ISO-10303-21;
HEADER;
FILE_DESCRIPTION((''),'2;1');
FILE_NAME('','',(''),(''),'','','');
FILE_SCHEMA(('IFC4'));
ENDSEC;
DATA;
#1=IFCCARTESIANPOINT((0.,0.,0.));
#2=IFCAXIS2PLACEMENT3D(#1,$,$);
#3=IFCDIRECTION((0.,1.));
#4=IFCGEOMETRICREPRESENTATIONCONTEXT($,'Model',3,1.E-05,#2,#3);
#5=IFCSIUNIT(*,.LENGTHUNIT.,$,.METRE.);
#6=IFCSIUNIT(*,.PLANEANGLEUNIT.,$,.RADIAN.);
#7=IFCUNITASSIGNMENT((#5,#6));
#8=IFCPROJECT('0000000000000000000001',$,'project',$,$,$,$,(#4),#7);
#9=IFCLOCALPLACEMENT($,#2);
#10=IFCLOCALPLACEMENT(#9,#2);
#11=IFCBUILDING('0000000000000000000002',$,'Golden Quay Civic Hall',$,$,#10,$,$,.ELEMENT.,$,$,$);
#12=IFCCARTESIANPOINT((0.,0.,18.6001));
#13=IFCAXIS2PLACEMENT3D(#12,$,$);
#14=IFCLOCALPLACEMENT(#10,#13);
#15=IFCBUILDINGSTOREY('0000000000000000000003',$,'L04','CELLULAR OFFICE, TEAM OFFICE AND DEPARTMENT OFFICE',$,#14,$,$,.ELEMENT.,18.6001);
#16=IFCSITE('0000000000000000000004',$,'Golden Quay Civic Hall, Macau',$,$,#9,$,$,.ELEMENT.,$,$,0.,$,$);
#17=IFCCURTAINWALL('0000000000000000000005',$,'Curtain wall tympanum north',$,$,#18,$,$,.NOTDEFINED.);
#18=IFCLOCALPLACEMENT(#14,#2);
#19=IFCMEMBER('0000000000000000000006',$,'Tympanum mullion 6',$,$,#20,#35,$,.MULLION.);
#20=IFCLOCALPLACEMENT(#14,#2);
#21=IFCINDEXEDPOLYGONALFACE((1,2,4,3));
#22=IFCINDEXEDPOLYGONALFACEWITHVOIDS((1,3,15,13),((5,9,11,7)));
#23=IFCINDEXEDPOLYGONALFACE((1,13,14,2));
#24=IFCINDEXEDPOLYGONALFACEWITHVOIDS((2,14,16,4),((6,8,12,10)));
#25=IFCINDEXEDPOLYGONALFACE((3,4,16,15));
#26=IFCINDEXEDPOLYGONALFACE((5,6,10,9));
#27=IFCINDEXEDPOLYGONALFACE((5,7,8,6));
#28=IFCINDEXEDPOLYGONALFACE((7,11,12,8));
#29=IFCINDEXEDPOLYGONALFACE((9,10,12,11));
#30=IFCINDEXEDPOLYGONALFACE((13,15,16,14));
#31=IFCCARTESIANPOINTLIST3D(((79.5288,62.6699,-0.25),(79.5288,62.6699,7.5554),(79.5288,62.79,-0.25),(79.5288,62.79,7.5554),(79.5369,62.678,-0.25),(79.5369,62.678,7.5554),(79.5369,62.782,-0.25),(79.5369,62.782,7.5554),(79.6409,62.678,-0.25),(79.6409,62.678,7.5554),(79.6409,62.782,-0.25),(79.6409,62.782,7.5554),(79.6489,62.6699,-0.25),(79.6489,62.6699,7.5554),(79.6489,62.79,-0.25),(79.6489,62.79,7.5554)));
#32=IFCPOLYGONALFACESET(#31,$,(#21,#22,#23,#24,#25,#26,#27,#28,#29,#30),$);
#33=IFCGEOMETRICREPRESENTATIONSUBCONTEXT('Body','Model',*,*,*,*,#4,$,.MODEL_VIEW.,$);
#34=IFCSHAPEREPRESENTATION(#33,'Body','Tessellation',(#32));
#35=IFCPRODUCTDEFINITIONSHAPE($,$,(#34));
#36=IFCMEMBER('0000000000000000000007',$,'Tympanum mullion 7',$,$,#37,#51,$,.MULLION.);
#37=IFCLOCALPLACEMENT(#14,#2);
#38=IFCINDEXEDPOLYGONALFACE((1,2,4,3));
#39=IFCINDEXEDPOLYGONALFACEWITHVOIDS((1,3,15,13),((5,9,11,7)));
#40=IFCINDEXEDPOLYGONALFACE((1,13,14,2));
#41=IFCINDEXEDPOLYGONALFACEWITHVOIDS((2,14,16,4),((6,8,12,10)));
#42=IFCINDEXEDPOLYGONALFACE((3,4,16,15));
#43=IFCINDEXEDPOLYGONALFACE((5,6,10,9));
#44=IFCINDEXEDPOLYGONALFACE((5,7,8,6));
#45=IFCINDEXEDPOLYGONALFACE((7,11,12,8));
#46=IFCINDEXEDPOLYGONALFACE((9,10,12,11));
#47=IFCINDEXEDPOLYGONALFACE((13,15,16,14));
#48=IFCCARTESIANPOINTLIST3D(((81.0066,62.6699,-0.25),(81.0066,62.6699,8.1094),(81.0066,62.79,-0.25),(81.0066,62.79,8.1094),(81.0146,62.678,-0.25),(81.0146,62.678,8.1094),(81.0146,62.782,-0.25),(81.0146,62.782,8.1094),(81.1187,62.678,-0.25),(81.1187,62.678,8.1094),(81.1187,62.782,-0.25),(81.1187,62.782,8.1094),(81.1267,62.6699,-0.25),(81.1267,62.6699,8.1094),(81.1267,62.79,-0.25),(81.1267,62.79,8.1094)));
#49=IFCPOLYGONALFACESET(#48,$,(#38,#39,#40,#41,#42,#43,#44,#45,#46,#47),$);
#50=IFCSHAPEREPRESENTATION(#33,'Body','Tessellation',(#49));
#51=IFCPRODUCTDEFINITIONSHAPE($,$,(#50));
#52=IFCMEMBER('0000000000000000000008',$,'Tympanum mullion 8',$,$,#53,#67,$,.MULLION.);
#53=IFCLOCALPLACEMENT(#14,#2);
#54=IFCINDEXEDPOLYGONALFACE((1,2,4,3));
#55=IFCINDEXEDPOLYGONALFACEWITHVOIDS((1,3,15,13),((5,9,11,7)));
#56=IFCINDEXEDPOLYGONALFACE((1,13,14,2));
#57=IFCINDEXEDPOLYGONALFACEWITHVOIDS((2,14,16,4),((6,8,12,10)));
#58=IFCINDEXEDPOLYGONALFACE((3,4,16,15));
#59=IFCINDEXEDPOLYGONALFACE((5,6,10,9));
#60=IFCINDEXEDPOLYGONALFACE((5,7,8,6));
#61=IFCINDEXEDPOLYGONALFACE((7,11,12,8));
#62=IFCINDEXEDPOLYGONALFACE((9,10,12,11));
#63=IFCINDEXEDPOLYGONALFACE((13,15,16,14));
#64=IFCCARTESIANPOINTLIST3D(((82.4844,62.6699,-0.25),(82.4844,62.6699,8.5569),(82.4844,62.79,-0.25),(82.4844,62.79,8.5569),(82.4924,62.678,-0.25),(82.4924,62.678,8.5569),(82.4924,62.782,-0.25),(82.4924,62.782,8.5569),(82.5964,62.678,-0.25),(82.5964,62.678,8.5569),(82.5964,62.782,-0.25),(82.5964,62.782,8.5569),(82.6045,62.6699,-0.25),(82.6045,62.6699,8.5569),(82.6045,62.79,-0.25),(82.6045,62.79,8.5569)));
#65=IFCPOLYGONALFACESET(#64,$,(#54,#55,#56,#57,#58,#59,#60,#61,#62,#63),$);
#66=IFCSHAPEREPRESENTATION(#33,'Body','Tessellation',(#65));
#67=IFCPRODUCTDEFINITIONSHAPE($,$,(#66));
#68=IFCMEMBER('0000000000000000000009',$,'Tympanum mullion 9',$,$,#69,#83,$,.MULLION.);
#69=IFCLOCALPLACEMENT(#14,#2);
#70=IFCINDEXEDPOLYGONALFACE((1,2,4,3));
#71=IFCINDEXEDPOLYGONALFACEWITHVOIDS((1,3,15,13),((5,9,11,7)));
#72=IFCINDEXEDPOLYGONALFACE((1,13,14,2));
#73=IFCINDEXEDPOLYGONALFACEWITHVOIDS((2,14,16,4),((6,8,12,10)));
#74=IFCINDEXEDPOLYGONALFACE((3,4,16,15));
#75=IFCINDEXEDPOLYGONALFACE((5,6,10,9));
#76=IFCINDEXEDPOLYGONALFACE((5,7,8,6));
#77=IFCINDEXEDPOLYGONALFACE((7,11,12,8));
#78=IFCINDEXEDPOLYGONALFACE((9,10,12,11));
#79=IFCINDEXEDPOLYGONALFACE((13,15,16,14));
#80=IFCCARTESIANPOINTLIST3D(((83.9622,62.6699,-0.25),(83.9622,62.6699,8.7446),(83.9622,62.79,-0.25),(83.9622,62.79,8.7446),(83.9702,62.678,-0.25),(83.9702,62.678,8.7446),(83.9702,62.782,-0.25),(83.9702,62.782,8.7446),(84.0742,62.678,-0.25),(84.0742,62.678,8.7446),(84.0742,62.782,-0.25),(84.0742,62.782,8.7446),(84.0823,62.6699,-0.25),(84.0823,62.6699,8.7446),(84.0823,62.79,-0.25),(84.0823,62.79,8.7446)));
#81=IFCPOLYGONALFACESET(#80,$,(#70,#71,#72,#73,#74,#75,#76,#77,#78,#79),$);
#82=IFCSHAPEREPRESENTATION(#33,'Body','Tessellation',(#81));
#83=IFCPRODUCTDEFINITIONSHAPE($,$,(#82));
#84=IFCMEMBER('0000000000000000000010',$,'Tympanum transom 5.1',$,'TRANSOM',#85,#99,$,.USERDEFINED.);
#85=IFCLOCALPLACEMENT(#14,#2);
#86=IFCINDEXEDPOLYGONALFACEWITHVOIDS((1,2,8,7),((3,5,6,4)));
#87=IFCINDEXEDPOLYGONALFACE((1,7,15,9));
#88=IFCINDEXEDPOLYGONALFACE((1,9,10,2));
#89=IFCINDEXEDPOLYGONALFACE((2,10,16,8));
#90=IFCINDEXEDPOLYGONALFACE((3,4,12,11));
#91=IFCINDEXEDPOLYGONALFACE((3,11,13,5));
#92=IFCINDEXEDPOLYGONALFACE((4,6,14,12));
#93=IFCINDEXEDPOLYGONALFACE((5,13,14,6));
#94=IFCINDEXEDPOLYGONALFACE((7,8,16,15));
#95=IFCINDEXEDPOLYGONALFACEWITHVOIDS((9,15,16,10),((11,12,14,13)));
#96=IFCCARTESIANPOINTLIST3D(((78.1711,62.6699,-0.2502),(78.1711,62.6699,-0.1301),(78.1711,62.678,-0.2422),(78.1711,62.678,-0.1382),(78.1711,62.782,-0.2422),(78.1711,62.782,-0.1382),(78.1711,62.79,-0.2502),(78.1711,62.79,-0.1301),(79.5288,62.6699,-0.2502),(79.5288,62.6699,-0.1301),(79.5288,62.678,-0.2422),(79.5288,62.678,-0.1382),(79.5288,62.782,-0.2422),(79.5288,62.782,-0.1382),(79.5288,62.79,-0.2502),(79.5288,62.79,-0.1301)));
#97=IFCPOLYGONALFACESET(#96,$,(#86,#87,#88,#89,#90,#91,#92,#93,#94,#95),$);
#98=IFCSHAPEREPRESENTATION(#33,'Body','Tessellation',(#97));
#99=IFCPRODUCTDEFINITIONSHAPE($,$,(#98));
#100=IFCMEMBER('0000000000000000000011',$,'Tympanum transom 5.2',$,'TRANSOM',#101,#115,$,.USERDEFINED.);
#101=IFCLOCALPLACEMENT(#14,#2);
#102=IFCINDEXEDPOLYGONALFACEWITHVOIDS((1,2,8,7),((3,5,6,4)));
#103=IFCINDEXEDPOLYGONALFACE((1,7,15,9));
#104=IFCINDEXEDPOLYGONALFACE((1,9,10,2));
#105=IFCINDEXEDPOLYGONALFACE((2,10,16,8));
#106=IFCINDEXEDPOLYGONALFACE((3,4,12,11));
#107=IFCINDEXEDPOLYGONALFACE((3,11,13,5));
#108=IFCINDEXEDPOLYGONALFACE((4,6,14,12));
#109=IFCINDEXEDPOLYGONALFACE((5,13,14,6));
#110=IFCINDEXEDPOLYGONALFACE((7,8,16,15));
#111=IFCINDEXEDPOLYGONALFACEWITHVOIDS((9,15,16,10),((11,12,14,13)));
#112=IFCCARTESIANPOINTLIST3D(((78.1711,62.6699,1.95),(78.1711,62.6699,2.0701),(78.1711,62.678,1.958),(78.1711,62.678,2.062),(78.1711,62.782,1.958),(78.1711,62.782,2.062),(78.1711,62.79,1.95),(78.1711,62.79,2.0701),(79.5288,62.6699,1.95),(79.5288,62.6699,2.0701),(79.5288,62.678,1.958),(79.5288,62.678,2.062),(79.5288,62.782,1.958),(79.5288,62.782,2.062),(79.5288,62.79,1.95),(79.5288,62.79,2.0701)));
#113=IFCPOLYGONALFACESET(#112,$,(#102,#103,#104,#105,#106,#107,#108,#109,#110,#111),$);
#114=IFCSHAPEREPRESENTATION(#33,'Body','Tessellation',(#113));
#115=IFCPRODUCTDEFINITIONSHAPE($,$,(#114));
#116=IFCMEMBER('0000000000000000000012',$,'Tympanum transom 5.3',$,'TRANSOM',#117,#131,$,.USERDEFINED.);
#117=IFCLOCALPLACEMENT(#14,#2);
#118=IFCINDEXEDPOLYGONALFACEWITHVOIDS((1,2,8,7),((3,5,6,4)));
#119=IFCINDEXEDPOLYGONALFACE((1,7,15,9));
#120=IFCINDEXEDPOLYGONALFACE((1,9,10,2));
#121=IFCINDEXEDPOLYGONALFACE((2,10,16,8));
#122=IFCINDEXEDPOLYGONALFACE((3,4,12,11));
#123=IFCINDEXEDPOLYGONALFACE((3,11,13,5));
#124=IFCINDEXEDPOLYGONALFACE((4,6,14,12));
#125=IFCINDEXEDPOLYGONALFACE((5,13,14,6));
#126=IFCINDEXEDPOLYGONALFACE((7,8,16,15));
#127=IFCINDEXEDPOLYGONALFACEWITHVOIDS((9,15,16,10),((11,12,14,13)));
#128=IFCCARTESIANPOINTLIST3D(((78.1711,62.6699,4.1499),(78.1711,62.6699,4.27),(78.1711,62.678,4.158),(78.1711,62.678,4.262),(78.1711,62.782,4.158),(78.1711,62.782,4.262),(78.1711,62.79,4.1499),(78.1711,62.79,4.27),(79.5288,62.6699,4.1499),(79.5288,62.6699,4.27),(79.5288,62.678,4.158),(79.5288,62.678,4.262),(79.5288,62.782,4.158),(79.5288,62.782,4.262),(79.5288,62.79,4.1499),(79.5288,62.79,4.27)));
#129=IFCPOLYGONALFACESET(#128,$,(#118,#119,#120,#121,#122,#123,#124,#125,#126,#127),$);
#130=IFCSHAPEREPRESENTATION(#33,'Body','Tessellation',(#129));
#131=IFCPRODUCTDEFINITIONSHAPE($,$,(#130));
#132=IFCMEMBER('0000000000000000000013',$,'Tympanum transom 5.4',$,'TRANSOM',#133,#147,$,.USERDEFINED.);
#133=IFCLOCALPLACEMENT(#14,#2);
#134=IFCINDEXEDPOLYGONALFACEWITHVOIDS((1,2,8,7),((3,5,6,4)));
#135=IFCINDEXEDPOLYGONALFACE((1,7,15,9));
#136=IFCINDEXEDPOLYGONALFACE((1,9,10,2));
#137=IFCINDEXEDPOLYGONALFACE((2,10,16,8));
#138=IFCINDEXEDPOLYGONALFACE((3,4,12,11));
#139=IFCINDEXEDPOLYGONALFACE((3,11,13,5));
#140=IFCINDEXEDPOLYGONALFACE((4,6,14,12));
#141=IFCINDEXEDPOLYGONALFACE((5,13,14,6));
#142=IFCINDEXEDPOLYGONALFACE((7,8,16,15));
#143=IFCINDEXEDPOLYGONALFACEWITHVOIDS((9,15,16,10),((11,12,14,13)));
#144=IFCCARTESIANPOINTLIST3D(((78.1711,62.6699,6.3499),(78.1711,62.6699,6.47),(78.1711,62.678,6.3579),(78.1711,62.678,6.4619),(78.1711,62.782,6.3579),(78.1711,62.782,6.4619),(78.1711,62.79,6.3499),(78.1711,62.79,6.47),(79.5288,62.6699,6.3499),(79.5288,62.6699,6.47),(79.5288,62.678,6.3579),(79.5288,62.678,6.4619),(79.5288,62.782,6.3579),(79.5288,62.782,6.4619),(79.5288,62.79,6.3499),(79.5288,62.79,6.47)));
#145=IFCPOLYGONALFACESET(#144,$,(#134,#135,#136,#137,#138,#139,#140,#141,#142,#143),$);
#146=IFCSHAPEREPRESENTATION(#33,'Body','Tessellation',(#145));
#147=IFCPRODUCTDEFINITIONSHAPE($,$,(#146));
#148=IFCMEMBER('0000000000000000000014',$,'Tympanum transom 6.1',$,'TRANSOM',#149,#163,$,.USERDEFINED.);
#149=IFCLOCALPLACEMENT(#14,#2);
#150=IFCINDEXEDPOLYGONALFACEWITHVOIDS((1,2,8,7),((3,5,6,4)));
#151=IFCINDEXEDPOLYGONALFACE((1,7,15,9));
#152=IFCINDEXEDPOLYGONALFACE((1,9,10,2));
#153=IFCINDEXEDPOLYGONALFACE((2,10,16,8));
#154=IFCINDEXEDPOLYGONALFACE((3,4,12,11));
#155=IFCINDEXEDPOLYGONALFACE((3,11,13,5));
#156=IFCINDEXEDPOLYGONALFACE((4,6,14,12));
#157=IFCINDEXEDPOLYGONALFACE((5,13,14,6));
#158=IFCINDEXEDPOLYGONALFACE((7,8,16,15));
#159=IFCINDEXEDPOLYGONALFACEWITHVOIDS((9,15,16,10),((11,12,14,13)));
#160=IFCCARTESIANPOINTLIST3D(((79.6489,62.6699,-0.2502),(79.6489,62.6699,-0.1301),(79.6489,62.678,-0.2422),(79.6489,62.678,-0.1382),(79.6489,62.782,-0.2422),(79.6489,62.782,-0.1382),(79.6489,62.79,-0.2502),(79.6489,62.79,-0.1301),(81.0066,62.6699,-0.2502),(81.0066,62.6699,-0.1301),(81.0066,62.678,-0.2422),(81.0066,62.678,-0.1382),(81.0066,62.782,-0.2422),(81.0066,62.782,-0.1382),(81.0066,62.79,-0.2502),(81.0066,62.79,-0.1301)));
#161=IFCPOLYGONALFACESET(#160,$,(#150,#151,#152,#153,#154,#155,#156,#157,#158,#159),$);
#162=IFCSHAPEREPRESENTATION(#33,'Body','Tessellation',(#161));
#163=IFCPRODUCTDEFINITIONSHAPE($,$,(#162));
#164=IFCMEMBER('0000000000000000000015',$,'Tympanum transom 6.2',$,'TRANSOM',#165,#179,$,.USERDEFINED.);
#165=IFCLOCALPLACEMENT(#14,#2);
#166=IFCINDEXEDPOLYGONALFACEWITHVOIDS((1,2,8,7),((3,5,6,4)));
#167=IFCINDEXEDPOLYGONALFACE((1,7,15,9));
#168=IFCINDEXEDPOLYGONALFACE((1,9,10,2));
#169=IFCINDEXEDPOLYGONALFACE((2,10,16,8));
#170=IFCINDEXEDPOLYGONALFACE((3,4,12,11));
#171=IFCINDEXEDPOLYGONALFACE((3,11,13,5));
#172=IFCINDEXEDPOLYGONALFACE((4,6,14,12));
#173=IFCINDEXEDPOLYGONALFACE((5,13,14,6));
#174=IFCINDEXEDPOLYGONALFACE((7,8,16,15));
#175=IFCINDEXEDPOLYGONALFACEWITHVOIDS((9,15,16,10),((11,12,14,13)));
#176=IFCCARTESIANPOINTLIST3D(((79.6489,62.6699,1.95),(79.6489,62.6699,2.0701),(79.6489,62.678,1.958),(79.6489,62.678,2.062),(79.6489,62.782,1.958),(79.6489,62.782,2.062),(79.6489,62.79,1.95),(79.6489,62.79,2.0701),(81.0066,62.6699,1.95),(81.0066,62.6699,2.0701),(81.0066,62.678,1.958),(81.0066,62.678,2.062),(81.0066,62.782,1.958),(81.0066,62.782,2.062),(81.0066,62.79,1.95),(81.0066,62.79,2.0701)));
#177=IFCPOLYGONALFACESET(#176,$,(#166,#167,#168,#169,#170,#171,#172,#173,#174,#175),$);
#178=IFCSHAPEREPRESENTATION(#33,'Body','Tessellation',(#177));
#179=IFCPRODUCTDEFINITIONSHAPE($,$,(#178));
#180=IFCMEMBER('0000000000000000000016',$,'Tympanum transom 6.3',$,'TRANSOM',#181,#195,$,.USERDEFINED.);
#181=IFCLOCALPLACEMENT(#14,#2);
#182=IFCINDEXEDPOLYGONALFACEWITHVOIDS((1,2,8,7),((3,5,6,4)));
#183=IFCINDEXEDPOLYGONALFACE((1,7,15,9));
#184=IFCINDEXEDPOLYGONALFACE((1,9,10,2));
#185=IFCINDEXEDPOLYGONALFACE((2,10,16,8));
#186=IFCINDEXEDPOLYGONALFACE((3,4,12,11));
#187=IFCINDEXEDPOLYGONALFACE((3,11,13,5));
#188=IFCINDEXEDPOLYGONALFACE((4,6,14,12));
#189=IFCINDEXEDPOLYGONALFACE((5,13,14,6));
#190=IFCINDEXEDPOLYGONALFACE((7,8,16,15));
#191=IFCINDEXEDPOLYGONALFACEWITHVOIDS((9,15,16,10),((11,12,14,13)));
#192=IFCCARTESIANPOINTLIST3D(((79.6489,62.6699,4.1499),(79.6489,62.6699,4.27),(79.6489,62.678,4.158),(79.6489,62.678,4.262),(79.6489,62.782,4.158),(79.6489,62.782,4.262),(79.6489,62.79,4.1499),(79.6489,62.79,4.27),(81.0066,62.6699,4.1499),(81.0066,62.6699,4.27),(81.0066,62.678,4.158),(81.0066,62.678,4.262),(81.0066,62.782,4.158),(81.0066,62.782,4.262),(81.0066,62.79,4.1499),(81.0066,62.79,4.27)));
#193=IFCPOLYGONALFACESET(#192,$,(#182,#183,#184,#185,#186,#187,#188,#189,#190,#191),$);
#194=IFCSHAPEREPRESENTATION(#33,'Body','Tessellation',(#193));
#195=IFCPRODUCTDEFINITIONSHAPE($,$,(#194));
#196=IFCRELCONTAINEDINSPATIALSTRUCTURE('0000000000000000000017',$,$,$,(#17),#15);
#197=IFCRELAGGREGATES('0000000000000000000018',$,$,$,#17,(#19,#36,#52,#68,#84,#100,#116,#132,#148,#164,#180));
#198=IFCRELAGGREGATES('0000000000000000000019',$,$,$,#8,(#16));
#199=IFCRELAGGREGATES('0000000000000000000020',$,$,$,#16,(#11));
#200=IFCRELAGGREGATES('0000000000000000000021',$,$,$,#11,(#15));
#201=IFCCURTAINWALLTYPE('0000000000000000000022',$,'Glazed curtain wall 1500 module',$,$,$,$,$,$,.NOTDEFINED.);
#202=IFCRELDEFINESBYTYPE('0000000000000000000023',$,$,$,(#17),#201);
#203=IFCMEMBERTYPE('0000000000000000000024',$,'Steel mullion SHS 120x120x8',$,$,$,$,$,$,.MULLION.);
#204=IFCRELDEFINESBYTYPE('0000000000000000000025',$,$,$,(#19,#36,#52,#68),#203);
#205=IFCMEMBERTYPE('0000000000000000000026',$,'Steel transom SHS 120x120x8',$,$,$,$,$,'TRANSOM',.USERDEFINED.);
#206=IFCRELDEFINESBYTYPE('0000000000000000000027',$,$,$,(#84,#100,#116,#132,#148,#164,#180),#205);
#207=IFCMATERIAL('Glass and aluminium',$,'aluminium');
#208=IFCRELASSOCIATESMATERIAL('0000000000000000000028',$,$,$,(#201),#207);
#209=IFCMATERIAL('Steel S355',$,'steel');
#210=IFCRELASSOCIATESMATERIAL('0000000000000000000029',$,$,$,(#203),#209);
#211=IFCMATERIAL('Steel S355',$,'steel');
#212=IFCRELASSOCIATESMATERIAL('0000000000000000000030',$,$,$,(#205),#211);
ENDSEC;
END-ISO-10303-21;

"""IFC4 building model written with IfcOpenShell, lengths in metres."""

from ifc_helpers import new_model, si_unit, direction, frame, origin, origin_2d, place, context, subcontext, project, spatial, hollow_rectangle, extrude, material, material_profile, profile_set, type_object, element, aggregate, save


model = new_model("IFC4")

# Units and contexts
model_context = context("Model", 3, precision=1e-05, world=origin(), true_north=direction((0.0, 1.0)))
body_context = subcontext(model_context, "Body", "Model", "MODEL_VIEW")
ifc_project = project(units=[si_unit("LENGTHUNIT", "METRE"), si_unit("PLANEANGLEUNIT", "RADIAN")], contexts=[model_context])

# Site, building, storey
site_placement = place(None, origin())
site = spatial("IfcSite", under=ifc_project, at=site_placement, Name="Golden Quay Civic Hall, Macau", CompositionType="ELEMENT", RefElevation=0.0)
building_placement = place(site_placement, origin())
building = spatial("IfcBuilding", under=site, at=building_placement, Name="Golden Quay Civic Hall", CompositionType="ELEMENT")
storey_placement = place(building_placement, frame((0.0, 0.0, 18.6001)))
storey = spatial("IfcBuildingStorey", under=building, at=storey_placement, Name="L04", Description="CELLULAR OFFICE, TEAM OFFICE AND DEPARTMENT OFFICE", CompositionType="ELEMENT", Elevation=18.6001)

# Curtain wall, members
ifc_material_1 = material(Name="Glass and aluminium", Category="aluminium")
curtain_wall_type = type_object("IfcCurtainWallType", Name="Glazed curtain wall 1500 module", PredefinedType="NOTDEFINED", material=ifc_material_1)
curtain_wall_placement = place(storey_placement, origin())
curtain_wall = element("IfcCurtainWall", 1, at=curtain_wall_placement, inside=storey, type_object=curtain_wall_type, Name="Curtain wall tympanum north", PredefinedType="NOTDEFINED")
ifc_material_2 = material(Name="Steel S355", Category="steel")
ifc_material_profile_1 = material_profile(ifc_material_2, hollow_rectangle(XDim=0.1201, YDim=0.1201, WallThickness=0.0081, at=origin_2d()), Name="SHS 120x120x8")
ifc_profile_set_1 = profile_set([ifc_material_profile_1], Name="Steel S355")
member_type_1 = type_object("IfcMemberType", Name="Steel mullion SHS 120x120x8", PredefinedType="MULLION", material=ifc_profile_set_1)
member_1_placement = place(storey_placement, frame((79.5889, 62.73, -0.25), z_axis=(0.0, 0.0, 1.0), x_axis=(0.0, 1.0, 0.0)))
member_1 = element("IfcMember", 2, at=member_1_placement, type_object=member_type_1, Name="Tympanum mullion 6", PredefinedType="MULLION", context=body_context, shape_type="SweptSolid", body=[
    extrude(hollow_rectangle(XDim=0.1201, YDim=0.1201, WallThickness=0.0081, at=origin_2d()), origin(), (0.0, 0.0, 1.0), 7.8054),
])
member_2_placement = place(storey_placement, frame((81.0667, 62.73, -0.25), z_axis=(0.0, 0.0, 1.0), x_axis=(0.0, 1.0, 0.0)))
member_2 = element("IfcMember", 3, at=member_2_placement, type_object=member_type_1, Name="Tympanum mullion 7", PredefinedType="MULLION", context=body_context, shape_type="SweptSolid", body=[
    extrude(hollow_rectangle(XDim=0.1201, YDim=0.1201, WallThickness=0.0081, at=origin_2d()), origin(), (0.0, 0.0, 1.0), 8.3594),
])
member_3_placement = place(storey_placement, frame((82.5444, 62.73, -0.25), z_axis=(0.0, 0.0, 1.0), x_axis=(0.0, 1.0, 0.0)))
member_3 = element("IfcMember", 4, at=member_3_placement, type_object=member_type_1, Name="Tympanum mullion 8", PredefinedType="MULLION", context=body_context, shape_type="SweptSolid", body=[
    extrude(hollow_rectangle(XDim=0.1201, YDim=0.1201, WallThickness=0.0081, at=origin_2d()), origin(), (0.0, 0.0, 1.0), 8.8069),
])
member_4_placement = place(storey_placement, frame((84.0222, 62.73, -0.25), z_axis=(0.0, 0.0, 1.0), x_axis=(0.0, 1.0, 0.0)))
member_4 = element("IfcMember", 5, at=member_4_placement, type_object=member_type_1, Name="Tympanum mullion 9", PredefinedType="MULLION", context=body_context, shape_type="SweptSolid", body=[
    extrude(hollow_rectangle(XDim=0.1201, YDim=0.1201, WallThickness=0.0081, at=origin_2d()), origin(), (0.0, 0.0, 1.0), 8.9946),
])
ifc_material_3 = material(Name="Steel S355", Category="steel")
ifc_material_profile_2 = material_profile(ifc_material_3, hollow_rectangle(XDim=0.1201, YDim=0.1201, WallThickness=0.0081, at=origin_2d()), Name="SHS 120x120x8")
ifc_profile_set_2 = profile_set([ifc_material_profile_2], Name="Steel S355")
member_type_2 = type_object("IfcMemberType", Name="Steel transom SHS 120x120x8", ElementType="TRANSOM", PredefinedType="USERDEFINED", material=ifc_profile_set_2)
member_5_placement = place(storey_placement, frame((78.1711, 62.73, -0.1902), z_axis=(1.0, 0.0, 0.0), x_axis=(0.0, 1.0, 0.0)))
member_5 = element("IfcMember", 6, at=member_5_placement, type_object=member_type_2, Name="Tympanum transom 5.1", ObjectType="TRANSOM", PredefinedType="USERDEFINED", context=body_context, shape_type="SweptSolid", body=[
    extrude(hollow_rectangle(XDim=0.1201, YDim=0.1201, WallThickness=0.0081, at=origin_2d()), origin(), (0.0, 0.0, 1.0), 1.3577),
])
member_6_placement = place(storey_placement, frame((78.1711, 62.73, 2.01), z_axis=(1.0, 0.0, 0.0), x_axis=(0.0, 1.0, 0.0)))
member_6 = element("IfcMember", 7, at=member_6_placement, type_object=member_type_2, Name="Tympanum transom 5.2", ObjectType="TRANSOM", PredefinedType="USERDEFINED", context=body_context, shape_type="SweptSolid", body=[
    extrude(hollow_rectangle(XDim=0.1201, YDim=0.1201, WallThickness=0.0081, at=origin_2d()), origin(), (0.0, 0.0, 1.0), 1.3577),
])
member_7_placement = place(storey_placement, frame((78.1711, 62.73, 4.21), z_axis=(1.0, 0.0, 0.0), x_axis=(0.0, 1.0, 0.0)))
member_7 = element("IfcMember", 8, at=member_7_placement, type_object=member_type_2, Name="Tympanum transom 5.3", ObjectType="TRANSOM", PredefinedType="USERDEFINED", context=body_context, shape_type="SweptSolid", body=[
    extrude(hollow_rectangle(XDim=0.1201, YDim=0.1201, WallThickness=0.0081, at=origin_2d()), origin(), (0.0, 0.0, 1.0), 1.3577),
])
member_8_placement = place(storey_placement, frame((78.1711, 62.73, 6.4099), z_axis=(1.0, 0.0, 0.0), x_axis=(0.0, 1.0, 0.0)))
member_8 = element("IfcMember", 9, at=member_8_placement, type_object=member_type_2, Name="Tympanum transom 5.4", ObjectType="TRANSOM", PredefinedType="USERDEFINED", context=body_context, shape_type="SweptSolid", body=[
    extrude(hollow_rectangle(XDim=0.1201, YDim=0.1201, WallThickness=0.0081, at=origin_2d()), origin(), (0.0, 0.0, 1.0), 1.3577),
])
member_9_placement = place(storey_placement, frame((79.6489, 62.73, -0.1902), z_axis=(1.0, 0.0, 0.0), x_axis=(0.0, 1.0, 0.0)))
member_9 = element("IfcMember", 10, at=member_9_placement, type_object=member_type_2, Name="Tympanum transom 6.1", ObjectType="TRANSOM", PredefinedType="USERDEFINED", context=body_context, shape_type="SweptSolid", body=[
    extrude(hollow_rectangle(XDim=0.1201, YDim=0.1201, WallThickness=0.0081, at=origin_2d()), origin(), (0.0, 0.0, 1.0), 1.3577),
])
member_10_placement = place(storey_placement, frame((79.6489, 62.73, 2.01), z_axis=(1.0, 0.0, 0.0), x_axis=(0.0, 1.0, 0.0)))
member_10 = element("IfcMember", 11, at=member_10_placement, type_object=member_type_2, Name="Tympanum transom 6.2", ObjectType="TRANSOM", PredefinedType="USERDEFINED", context=body_context, shape_type="SweptSolid", body=[
    extrude(hollow_rectangle(XDim=0.1201, YDim=0.1201, WallThickness=0.0081, at=origin_2d()), origin(), (0.0, 0.0, 1.0), 1.3577),
])
member_11_placement = place(storey_placement, frame((79.6489, 62.73, 4.21), z_axis=(1.0, 0.0, 0.0), x_axis=(0.0, 1.0, 0.0)))
member_11 = element("IfcMember", 12, at=member_11_placement, type_object=member_type_2, Name="Tympanum transom 6.3", ObjectType="TRANSOM", PredefinedType="USERDEFINED", context=body_context, shape_type="SweptSolid", body=[
    extrude(hollow_rectangle(XDim=0.1201, YDim=0.1201, WallThickness=0.0081, at=origin_2d()), origin(), (0.0, 0.0, 1.0), 1.3577),
])
aggregate(curtain_wall, [member_1, member_2, member_3, member_4, member_5, member_6, member_7, member_8, member_9, member_10, member_11])

save(model, "model.ifc")
